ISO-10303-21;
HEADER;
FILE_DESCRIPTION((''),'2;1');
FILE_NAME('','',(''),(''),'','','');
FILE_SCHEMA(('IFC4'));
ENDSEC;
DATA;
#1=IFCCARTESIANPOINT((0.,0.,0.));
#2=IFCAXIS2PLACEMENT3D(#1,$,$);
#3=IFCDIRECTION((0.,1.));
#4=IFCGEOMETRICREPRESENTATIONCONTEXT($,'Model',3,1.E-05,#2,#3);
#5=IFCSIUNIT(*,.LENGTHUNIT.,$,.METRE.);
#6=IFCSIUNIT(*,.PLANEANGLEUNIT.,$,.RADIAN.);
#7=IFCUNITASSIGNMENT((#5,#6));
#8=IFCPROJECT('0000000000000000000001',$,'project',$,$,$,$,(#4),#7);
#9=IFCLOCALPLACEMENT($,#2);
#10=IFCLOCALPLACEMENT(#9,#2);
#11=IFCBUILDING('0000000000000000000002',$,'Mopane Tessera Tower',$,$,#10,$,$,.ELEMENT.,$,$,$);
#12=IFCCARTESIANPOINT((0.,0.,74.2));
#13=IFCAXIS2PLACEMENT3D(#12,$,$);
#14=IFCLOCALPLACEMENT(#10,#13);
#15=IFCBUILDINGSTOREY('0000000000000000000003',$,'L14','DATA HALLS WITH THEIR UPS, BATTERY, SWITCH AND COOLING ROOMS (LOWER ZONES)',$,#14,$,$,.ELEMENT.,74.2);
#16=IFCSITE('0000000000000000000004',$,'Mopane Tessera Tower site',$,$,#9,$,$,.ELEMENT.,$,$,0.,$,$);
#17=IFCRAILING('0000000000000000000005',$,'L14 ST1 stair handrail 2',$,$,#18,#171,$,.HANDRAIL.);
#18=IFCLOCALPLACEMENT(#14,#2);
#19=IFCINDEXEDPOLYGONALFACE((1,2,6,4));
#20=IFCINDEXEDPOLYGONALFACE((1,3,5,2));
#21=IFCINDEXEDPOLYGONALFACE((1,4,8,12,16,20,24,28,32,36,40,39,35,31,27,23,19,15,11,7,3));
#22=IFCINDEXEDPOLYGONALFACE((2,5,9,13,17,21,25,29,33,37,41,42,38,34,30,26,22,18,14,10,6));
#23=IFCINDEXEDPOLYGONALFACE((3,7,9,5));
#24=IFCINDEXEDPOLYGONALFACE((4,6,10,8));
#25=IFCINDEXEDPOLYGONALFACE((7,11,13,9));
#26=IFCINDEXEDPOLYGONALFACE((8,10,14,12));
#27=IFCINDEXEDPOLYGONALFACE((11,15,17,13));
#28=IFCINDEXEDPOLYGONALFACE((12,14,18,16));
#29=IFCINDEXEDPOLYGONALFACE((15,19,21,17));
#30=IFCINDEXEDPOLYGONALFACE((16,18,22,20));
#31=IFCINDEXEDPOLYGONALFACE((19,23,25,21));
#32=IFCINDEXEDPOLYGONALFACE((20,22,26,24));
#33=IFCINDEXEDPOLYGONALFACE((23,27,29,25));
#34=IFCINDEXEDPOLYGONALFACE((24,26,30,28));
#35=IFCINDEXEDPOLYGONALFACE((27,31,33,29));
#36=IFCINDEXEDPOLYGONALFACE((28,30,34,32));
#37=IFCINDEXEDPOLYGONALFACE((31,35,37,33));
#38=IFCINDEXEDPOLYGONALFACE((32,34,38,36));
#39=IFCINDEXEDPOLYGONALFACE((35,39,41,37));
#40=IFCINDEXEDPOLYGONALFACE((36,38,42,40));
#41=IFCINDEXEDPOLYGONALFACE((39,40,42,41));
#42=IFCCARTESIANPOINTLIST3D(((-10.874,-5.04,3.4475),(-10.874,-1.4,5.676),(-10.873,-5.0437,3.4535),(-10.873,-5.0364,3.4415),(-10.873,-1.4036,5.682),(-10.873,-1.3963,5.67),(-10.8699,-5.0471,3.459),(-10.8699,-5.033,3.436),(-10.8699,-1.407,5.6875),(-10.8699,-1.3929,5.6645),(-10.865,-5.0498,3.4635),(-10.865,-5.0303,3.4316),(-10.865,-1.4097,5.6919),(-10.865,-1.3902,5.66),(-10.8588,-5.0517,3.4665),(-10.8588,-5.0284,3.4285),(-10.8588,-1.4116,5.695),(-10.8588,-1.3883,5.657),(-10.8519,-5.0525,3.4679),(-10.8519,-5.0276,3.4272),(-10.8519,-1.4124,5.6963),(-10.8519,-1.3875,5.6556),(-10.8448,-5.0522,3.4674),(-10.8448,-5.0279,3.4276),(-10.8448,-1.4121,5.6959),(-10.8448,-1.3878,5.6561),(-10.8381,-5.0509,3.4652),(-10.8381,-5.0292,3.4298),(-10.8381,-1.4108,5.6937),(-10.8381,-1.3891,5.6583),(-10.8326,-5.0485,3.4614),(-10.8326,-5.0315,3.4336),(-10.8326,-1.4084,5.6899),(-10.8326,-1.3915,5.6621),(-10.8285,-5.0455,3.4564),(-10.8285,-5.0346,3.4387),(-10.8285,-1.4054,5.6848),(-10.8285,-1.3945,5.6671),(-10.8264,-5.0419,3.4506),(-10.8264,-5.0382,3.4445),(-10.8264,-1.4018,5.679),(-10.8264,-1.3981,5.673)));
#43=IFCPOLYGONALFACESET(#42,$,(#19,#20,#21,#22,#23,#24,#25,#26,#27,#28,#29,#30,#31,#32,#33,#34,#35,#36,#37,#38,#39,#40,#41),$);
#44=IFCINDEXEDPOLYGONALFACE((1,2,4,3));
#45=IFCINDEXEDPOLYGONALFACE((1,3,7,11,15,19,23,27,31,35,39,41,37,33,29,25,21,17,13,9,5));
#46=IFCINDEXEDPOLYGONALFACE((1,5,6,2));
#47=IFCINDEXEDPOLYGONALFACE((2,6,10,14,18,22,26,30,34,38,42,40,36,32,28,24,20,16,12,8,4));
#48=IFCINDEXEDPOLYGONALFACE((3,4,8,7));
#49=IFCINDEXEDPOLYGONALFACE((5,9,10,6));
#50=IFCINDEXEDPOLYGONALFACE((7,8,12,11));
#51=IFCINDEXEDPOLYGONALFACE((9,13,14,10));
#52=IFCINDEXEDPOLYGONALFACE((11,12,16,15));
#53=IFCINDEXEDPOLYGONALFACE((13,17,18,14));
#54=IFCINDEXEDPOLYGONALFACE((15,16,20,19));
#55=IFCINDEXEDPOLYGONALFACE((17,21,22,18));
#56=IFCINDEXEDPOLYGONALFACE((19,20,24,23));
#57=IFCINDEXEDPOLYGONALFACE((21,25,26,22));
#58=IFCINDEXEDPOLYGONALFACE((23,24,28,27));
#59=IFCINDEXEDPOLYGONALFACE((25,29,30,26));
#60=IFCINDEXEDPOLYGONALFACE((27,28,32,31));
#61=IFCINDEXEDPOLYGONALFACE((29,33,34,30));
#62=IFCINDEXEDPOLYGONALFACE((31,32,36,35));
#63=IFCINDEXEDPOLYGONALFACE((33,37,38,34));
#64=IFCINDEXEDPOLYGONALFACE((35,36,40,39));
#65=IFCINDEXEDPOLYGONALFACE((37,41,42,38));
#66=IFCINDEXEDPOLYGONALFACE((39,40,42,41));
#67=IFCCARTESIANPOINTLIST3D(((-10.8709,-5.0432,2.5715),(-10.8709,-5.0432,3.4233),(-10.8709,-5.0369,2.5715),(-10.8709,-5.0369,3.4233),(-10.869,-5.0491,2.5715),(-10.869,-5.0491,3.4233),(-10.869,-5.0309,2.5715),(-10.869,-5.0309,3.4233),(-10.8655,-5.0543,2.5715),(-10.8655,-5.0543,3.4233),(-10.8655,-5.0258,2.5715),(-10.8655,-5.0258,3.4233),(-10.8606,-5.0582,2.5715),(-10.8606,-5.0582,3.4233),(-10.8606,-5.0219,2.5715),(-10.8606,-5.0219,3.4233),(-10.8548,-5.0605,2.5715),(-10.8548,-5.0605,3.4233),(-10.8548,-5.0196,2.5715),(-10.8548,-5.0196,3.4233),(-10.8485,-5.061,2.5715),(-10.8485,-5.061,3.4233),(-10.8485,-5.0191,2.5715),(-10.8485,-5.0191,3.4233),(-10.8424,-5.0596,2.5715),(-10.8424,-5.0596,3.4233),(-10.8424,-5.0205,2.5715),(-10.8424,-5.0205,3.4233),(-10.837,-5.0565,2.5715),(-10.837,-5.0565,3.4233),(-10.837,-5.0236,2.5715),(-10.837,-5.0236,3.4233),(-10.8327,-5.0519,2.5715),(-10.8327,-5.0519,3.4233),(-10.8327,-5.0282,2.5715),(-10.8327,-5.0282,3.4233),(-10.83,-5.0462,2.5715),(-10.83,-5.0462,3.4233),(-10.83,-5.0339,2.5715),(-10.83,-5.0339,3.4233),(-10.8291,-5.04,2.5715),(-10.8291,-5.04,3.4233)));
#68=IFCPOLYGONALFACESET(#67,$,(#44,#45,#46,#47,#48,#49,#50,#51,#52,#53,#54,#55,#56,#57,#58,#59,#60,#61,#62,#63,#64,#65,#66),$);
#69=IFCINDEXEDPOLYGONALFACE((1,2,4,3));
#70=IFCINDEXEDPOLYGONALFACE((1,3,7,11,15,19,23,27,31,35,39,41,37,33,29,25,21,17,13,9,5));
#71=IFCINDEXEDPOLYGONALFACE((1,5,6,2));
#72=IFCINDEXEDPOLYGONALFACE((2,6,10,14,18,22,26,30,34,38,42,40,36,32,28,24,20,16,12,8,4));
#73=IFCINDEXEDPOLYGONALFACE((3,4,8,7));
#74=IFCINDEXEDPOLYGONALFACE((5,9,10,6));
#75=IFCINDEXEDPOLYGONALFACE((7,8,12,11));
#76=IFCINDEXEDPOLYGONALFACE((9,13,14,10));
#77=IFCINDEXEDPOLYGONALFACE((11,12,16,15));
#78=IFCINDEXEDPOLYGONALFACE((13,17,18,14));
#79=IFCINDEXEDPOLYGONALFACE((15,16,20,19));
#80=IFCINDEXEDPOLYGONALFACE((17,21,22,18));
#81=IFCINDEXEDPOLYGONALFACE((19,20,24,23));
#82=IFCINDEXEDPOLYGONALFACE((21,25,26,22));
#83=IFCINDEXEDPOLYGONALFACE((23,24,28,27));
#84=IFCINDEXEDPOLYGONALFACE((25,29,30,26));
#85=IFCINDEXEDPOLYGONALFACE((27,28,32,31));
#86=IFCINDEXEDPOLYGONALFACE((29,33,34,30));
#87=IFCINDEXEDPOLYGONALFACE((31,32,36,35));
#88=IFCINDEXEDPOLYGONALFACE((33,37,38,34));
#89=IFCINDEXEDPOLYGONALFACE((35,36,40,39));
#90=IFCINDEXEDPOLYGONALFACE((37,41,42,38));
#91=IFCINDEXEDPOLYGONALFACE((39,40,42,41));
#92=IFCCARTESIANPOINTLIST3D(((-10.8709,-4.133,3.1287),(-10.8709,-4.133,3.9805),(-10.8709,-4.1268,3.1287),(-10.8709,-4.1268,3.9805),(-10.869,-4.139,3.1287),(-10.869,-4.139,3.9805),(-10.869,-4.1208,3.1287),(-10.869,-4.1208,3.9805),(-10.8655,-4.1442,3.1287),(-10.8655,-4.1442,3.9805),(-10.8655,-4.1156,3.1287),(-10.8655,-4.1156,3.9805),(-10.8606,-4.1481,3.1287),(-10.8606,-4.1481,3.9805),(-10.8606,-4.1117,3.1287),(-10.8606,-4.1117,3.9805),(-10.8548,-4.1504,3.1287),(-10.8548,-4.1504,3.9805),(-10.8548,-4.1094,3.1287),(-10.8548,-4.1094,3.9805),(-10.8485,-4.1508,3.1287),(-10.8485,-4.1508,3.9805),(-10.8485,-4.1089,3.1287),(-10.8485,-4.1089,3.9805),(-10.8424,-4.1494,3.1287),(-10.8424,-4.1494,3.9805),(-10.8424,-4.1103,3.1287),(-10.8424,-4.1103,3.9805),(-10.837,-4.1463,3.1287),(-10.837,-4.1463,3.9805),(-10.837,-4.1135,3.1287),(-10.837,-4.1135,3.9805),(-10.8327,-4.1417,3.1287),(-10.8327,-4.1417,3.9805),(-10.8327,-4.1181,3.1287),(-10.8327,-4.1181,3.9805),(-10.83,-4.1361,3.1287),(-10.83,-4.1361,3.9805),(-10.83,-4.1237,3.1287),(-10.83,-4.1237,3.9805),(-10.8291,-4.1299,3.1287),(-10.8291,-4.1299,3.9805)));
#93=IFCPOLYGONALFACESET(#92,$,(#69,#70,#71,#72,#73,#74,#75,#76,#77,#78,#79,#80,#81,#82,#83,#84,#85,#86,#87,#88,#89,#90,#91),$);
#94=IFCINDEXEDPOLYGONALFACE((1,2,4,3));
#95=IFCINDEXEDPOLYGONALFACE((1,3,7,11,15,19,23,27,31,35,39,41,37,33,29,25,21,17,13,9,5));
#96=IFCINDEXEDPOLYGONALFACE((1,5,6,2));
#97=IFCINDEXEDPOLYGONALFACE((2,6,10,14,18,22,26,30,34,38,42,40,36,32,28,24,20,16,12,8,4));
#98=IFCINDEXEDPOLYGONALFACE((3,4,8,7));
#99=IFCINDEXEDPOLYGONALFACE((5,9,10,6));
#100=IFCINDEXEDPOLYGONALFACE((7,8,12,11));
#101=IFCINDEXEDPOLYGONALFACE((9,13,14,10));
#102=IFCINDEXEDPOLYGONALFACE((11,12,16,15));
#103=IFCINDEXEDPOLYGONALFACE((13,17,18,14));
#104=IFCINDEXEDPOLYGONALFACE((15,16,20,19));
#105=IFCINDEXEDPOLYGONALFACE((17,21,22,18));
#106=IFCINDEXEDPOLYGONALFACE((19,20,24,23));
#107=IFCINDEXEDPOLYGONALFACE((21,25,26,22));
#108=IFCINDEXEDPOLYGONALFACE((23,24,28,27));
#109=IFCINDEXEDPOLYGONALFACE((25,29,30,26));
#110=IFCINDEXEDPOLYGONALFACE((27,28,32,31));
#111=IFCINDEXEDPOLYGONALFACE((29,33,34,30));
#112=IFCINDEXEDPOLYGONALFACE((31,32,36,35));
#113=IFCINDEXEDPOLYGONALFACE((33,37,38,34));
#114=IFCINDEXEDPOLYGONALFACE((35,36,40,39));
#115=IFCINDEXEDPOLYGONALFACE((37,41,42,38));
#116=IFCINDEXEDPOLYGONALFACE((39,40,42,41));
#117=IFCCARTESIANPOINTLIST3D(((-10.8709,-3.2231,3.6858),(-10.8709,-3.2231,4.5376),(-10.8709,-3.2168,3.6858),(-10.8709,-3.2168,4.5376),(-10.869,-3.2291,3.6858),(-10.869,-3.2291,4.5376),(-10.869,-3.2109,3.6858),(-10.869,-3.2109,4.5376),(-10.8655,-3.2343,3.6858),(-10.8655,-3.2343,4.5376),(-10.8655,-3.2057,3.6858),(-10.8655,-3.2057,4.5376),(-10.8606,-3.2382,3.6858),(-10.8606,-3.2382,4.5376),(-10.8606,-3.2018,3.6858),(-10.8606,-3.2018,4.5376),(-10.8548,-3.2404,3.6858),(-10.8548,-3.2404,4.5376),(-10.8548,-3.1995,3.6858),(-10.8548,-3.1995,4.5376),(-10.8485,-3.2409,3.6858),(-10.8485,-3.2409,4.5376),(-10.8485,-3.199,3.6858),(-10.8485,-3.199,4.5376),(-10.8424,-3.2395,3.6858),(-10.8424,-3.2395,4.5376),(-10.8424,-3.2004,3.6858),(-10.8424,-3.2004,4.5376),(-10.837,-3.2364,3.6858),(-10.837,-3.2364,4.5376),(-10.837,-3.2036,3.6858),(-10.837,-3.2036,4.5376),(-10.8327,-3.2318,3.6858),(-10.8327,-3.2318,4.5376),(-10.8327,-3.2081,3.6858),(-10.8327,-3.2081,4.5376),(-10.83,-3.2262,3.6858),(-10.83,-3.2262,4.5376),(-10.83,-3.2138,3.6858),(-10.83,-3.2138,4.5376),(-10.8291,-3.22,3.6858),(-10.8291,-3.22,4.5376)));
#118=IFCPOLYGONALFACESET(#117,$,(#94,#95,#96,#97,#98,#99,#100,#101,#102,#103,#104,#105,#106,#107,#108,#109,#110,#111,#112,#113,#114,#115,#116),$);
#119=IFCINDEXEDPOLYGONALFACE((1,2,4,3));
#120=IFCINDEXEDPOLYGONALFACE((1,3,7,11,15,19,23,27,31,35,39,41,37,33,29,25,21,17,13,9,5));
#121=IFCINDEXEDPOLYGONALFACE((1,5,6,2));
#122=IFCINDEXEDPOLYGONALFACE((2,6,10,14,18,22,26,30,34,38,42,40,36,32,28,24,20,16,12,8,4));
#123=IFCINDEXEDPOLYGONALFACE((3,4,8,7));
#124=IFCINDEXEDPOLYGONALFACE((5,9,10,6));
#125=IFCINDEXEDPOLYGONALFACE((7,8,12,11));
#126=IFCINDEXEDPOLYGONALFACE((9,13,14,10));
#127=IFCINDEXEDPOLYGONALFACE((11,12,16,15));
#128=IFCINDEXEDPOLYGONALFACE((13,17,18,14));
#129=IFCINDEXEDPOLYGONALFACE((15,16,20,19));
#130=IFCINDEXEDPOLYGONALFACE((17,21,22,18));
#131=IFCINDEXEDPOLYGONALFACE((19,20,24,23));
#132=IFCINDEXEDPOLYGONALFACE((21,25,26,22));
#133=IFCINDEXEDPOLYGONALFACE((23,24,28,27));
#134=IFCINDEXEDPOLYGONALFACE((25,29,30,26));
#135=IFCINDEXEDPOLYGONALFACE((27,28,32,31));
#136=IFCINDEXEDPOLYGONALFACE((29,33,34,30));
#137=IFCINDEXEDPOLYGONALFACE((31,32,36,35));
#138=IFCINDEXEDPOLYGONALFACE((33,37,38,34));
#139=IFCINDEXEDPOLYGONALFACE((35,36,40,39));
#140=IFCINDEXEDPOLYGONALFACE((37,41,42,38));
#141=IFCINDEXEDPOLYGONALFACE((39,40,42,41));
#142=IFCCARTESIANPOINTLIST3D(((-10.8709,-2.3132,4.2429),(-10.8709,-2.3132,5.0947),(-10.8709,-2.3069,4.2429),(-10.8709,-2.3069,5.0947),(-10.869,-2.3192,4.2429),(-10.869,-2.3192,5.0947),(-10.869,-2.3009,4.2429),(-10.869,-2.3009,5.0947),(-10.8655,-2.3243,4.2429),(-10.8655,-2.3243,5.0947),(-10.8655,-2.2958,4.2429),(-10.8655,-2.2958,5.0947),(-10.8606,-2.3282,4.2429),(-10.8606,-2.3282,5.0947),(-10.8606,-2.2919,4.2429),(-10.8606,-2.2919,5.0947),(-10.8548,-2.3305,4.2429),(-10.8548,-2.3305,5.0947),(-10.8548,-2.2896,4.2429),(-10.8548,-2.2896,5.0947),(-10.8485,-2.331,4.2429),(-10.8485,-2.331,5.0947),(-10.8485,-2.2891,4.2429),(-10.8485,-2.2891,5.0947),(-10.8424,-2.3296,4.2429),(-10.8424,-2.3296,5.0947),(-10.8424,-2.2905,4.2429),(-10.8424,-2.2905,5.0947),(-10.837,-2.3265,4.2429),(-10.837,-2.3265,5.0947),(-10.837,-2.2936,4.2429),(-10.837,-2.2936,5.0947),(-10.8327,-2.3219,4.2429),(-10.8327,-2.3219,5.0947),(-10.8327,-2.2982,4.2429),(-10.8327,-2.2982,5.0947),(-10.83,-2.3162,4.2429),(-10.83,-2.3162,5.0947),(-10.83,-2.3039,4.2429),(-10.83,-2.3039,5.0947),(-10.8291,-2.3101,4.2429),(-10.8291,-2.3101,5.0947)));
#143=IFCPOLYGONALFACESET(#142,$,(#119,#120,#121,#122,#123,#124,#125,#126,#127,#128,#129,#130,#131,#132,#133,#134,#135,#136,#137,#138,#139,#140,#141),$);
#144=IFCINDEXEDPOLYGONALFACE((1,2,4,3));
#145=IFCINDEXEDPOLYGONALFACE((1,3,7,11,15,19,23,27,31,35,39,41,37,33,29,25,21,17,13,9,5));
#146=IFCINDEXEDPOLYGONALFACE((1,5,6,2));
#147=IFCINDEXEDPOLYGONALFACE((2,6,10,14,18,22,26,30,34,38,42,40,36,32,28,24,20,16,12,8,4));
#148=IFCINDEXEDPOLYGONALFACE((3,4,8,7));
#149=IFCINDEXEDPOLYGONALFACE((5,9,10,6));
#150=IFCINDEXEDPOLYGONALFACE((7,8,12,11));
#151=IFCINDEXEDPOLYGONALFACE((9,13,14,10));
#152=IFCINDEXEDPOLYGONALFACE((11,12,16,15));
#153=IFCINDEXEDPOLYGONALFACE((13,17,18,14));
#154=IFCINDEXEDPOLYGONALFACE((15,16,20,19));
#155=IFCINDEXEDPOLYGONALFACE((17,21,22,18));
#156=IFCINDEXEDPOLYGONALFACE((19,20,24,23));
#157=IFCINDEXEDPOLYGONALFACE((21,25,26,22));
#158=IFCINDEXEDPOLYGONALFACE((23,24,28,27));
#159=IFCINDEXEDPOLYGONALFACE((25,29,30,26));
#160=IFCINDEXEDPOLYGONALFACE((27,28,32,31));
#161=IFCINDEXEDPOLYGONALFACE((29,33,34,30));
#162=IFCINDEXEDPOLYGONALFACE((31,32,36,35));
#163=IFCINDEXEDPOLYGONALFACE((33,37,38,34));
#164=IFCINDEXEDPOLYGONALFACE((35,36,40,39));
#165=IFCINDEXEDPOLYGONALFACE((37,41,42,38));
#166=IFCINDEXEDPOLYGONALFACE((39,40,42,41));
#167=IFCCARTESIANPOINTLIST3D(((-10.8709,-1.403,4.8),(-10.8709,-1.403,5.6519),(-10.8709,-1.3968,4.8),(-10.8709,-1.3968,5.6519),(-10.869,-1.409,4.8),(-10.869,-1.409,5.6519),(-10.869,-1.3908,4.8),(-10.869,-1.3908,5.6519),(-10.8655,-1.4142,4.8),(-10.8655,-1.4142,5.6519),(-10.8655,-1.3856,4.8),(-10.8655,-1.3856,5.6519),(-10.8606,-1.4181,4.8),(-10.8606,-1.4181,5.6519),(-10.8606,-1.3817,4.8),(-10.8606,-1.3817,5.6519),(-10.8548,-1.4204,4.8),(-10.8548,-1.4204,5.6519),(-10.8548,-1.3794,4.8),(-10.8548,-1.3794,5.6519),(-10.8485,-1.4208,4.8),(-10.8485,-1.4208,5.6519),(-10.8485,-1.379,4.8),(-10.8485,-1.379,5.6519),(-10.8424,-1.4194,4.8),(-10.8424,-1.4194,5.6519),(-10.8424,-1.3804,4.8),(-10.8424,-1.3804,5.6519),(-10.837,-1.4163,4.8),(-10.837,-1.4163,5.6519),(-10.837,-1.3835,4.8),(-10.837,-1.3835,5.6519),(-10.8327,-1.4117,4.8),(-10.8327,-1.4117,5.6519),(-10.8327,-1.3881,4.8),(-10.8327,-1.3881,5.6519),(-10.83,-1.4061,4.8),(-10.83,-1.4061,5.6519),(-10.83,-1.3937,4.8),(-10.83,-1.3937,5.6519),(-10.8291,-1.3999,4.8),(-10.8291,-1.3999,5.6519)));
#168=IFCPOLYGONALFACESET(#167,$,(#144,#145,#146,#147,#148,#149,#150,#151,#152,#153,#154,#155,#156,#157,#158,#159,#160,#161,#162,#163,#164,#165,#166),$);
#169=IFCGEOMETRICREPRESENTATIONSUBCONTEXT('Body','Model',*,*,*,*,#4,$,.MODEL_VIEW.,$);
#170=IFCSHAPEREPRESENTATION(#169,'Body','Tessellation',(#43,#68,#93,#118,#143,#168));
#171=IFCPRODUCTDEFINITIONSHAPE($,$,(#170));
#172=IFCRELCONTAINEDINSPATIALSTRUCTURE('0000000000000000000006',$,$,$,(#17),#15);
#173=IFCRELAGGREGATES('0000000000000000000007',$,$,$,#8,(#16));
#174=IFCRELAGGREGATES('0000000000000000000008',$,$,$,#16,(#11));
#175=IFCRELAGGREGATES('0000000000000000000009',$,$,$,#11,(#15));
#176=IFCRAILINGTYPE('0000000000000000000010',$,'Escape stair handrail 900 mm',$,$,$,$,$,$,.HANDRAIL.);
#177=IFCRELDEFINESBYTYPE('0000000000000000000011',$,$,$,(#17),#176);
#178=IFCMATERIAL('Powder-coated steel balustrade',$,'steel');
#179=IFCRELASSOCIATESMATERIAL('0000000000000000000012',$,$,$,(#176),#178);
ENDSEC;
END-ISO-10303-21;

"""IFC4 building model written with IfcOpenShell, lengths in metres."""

from ifc_helpers import new_model, si_unit, direction, frame, origin, origin_2d, place, context, subcontext, project, spatial, circle, extrude, material, type_object, element, save


model = new_model("IFC4")

# Units and contexts
model_context = context("Model", 3, precision=1e-05, world=origin(), true_north=direction((0.0, 1.0)))
body_context = subcontext(model_context, "Body", "Model", "MODEL_VIEW")
ifc_project = project(units=[si_unit("LENGTHUNIT", "METRE"), si_unit("PLANEANGLEUNIT", "RADIAN")], contexts=[model_context])

# Site, building, storey
site_placement = place(None, origin())
site = spatial("IfcSite", under=ifc_project, at=site_placement, Name="Mopane Tessera Tower site", CompositionType="ELEMENT", RefElevation=0.0)
building_placement = place(site_placement, origin())
building = spatial("IfcBuilding", under=site, at=building_placement, Name="Mopane Tessera Tower", CompositionType="ELEMENT")
storey_placement = place(building_placement, frame((0.0, 0.0, 74.2)))
storey = spatial("IfcBuildingStorey", under=building, at=storey_placement, Name="L14", Description="DATA HALLS WITH THEIR UPS, BATTERY, SWITCH AND COOLING ROOMS (LOWER ZONES)", CompositionType="ELEMENT", Elevation=74.2)

# Railing
ifc_material_1 = material(Name="Powder-coated steel balustrade", Category="steel")
railing_type_1 = type_object("IfcRailingType", Name="Escape stair handrail 900 mm", PredefinedType="HANDRAIL", material=ifc_material_1)
railing_1_placement = place(storey_placement, frame((-10.8501, -5.04, 2.5715)))
element("IfcRailing", 1, at=railing_1_placement, inside=storey, type_object=railing_type_1, Name="L14 ST1 stair handrail 2", PredefinedType="HANDRAIL", context=body_context, shape_type="SweptSolid", body=[
    extrude(circle(Radius=0.0239, at=origin_2d()), frame((0.0, 0.0, 0.876), z_axis=(0.0, 0.852866, 0.52213), x_axis=(-1.0, 0.0, 0.0)), (0.0, 0.0, 1.0), 4.2681),
    extrude(circle(Radius=0.021, at=origin_2d()), origin(), (0.0, 0.0, 1.0), 0.8518),
    extrude(circle(Radius=0.021, at=origin_2d()), frame((0.0, 0.9102, 0.5571)), (0.0, 0.0, 1.0), 0.8518),
    extrude(circle(Radius=0.021, at=origin_2d()), frame((0.0, 1.8201, 1.1143)), (0.0, 0.0, 1.0), 0.8518),
    extrude(circle(Radius=0.021, at=origin_2d()), frame((0.0, 2.73, 1.6714)), (0.0, 0.0, 1.0), 0.8518),
    extrude(circle(Radius=0.021, at=origin_2d()), frame((0.0, 3.6401, 2.2285)), (0.0, 0.0, 1.0), 0.8518),
])

save(model, "model.ifc")
